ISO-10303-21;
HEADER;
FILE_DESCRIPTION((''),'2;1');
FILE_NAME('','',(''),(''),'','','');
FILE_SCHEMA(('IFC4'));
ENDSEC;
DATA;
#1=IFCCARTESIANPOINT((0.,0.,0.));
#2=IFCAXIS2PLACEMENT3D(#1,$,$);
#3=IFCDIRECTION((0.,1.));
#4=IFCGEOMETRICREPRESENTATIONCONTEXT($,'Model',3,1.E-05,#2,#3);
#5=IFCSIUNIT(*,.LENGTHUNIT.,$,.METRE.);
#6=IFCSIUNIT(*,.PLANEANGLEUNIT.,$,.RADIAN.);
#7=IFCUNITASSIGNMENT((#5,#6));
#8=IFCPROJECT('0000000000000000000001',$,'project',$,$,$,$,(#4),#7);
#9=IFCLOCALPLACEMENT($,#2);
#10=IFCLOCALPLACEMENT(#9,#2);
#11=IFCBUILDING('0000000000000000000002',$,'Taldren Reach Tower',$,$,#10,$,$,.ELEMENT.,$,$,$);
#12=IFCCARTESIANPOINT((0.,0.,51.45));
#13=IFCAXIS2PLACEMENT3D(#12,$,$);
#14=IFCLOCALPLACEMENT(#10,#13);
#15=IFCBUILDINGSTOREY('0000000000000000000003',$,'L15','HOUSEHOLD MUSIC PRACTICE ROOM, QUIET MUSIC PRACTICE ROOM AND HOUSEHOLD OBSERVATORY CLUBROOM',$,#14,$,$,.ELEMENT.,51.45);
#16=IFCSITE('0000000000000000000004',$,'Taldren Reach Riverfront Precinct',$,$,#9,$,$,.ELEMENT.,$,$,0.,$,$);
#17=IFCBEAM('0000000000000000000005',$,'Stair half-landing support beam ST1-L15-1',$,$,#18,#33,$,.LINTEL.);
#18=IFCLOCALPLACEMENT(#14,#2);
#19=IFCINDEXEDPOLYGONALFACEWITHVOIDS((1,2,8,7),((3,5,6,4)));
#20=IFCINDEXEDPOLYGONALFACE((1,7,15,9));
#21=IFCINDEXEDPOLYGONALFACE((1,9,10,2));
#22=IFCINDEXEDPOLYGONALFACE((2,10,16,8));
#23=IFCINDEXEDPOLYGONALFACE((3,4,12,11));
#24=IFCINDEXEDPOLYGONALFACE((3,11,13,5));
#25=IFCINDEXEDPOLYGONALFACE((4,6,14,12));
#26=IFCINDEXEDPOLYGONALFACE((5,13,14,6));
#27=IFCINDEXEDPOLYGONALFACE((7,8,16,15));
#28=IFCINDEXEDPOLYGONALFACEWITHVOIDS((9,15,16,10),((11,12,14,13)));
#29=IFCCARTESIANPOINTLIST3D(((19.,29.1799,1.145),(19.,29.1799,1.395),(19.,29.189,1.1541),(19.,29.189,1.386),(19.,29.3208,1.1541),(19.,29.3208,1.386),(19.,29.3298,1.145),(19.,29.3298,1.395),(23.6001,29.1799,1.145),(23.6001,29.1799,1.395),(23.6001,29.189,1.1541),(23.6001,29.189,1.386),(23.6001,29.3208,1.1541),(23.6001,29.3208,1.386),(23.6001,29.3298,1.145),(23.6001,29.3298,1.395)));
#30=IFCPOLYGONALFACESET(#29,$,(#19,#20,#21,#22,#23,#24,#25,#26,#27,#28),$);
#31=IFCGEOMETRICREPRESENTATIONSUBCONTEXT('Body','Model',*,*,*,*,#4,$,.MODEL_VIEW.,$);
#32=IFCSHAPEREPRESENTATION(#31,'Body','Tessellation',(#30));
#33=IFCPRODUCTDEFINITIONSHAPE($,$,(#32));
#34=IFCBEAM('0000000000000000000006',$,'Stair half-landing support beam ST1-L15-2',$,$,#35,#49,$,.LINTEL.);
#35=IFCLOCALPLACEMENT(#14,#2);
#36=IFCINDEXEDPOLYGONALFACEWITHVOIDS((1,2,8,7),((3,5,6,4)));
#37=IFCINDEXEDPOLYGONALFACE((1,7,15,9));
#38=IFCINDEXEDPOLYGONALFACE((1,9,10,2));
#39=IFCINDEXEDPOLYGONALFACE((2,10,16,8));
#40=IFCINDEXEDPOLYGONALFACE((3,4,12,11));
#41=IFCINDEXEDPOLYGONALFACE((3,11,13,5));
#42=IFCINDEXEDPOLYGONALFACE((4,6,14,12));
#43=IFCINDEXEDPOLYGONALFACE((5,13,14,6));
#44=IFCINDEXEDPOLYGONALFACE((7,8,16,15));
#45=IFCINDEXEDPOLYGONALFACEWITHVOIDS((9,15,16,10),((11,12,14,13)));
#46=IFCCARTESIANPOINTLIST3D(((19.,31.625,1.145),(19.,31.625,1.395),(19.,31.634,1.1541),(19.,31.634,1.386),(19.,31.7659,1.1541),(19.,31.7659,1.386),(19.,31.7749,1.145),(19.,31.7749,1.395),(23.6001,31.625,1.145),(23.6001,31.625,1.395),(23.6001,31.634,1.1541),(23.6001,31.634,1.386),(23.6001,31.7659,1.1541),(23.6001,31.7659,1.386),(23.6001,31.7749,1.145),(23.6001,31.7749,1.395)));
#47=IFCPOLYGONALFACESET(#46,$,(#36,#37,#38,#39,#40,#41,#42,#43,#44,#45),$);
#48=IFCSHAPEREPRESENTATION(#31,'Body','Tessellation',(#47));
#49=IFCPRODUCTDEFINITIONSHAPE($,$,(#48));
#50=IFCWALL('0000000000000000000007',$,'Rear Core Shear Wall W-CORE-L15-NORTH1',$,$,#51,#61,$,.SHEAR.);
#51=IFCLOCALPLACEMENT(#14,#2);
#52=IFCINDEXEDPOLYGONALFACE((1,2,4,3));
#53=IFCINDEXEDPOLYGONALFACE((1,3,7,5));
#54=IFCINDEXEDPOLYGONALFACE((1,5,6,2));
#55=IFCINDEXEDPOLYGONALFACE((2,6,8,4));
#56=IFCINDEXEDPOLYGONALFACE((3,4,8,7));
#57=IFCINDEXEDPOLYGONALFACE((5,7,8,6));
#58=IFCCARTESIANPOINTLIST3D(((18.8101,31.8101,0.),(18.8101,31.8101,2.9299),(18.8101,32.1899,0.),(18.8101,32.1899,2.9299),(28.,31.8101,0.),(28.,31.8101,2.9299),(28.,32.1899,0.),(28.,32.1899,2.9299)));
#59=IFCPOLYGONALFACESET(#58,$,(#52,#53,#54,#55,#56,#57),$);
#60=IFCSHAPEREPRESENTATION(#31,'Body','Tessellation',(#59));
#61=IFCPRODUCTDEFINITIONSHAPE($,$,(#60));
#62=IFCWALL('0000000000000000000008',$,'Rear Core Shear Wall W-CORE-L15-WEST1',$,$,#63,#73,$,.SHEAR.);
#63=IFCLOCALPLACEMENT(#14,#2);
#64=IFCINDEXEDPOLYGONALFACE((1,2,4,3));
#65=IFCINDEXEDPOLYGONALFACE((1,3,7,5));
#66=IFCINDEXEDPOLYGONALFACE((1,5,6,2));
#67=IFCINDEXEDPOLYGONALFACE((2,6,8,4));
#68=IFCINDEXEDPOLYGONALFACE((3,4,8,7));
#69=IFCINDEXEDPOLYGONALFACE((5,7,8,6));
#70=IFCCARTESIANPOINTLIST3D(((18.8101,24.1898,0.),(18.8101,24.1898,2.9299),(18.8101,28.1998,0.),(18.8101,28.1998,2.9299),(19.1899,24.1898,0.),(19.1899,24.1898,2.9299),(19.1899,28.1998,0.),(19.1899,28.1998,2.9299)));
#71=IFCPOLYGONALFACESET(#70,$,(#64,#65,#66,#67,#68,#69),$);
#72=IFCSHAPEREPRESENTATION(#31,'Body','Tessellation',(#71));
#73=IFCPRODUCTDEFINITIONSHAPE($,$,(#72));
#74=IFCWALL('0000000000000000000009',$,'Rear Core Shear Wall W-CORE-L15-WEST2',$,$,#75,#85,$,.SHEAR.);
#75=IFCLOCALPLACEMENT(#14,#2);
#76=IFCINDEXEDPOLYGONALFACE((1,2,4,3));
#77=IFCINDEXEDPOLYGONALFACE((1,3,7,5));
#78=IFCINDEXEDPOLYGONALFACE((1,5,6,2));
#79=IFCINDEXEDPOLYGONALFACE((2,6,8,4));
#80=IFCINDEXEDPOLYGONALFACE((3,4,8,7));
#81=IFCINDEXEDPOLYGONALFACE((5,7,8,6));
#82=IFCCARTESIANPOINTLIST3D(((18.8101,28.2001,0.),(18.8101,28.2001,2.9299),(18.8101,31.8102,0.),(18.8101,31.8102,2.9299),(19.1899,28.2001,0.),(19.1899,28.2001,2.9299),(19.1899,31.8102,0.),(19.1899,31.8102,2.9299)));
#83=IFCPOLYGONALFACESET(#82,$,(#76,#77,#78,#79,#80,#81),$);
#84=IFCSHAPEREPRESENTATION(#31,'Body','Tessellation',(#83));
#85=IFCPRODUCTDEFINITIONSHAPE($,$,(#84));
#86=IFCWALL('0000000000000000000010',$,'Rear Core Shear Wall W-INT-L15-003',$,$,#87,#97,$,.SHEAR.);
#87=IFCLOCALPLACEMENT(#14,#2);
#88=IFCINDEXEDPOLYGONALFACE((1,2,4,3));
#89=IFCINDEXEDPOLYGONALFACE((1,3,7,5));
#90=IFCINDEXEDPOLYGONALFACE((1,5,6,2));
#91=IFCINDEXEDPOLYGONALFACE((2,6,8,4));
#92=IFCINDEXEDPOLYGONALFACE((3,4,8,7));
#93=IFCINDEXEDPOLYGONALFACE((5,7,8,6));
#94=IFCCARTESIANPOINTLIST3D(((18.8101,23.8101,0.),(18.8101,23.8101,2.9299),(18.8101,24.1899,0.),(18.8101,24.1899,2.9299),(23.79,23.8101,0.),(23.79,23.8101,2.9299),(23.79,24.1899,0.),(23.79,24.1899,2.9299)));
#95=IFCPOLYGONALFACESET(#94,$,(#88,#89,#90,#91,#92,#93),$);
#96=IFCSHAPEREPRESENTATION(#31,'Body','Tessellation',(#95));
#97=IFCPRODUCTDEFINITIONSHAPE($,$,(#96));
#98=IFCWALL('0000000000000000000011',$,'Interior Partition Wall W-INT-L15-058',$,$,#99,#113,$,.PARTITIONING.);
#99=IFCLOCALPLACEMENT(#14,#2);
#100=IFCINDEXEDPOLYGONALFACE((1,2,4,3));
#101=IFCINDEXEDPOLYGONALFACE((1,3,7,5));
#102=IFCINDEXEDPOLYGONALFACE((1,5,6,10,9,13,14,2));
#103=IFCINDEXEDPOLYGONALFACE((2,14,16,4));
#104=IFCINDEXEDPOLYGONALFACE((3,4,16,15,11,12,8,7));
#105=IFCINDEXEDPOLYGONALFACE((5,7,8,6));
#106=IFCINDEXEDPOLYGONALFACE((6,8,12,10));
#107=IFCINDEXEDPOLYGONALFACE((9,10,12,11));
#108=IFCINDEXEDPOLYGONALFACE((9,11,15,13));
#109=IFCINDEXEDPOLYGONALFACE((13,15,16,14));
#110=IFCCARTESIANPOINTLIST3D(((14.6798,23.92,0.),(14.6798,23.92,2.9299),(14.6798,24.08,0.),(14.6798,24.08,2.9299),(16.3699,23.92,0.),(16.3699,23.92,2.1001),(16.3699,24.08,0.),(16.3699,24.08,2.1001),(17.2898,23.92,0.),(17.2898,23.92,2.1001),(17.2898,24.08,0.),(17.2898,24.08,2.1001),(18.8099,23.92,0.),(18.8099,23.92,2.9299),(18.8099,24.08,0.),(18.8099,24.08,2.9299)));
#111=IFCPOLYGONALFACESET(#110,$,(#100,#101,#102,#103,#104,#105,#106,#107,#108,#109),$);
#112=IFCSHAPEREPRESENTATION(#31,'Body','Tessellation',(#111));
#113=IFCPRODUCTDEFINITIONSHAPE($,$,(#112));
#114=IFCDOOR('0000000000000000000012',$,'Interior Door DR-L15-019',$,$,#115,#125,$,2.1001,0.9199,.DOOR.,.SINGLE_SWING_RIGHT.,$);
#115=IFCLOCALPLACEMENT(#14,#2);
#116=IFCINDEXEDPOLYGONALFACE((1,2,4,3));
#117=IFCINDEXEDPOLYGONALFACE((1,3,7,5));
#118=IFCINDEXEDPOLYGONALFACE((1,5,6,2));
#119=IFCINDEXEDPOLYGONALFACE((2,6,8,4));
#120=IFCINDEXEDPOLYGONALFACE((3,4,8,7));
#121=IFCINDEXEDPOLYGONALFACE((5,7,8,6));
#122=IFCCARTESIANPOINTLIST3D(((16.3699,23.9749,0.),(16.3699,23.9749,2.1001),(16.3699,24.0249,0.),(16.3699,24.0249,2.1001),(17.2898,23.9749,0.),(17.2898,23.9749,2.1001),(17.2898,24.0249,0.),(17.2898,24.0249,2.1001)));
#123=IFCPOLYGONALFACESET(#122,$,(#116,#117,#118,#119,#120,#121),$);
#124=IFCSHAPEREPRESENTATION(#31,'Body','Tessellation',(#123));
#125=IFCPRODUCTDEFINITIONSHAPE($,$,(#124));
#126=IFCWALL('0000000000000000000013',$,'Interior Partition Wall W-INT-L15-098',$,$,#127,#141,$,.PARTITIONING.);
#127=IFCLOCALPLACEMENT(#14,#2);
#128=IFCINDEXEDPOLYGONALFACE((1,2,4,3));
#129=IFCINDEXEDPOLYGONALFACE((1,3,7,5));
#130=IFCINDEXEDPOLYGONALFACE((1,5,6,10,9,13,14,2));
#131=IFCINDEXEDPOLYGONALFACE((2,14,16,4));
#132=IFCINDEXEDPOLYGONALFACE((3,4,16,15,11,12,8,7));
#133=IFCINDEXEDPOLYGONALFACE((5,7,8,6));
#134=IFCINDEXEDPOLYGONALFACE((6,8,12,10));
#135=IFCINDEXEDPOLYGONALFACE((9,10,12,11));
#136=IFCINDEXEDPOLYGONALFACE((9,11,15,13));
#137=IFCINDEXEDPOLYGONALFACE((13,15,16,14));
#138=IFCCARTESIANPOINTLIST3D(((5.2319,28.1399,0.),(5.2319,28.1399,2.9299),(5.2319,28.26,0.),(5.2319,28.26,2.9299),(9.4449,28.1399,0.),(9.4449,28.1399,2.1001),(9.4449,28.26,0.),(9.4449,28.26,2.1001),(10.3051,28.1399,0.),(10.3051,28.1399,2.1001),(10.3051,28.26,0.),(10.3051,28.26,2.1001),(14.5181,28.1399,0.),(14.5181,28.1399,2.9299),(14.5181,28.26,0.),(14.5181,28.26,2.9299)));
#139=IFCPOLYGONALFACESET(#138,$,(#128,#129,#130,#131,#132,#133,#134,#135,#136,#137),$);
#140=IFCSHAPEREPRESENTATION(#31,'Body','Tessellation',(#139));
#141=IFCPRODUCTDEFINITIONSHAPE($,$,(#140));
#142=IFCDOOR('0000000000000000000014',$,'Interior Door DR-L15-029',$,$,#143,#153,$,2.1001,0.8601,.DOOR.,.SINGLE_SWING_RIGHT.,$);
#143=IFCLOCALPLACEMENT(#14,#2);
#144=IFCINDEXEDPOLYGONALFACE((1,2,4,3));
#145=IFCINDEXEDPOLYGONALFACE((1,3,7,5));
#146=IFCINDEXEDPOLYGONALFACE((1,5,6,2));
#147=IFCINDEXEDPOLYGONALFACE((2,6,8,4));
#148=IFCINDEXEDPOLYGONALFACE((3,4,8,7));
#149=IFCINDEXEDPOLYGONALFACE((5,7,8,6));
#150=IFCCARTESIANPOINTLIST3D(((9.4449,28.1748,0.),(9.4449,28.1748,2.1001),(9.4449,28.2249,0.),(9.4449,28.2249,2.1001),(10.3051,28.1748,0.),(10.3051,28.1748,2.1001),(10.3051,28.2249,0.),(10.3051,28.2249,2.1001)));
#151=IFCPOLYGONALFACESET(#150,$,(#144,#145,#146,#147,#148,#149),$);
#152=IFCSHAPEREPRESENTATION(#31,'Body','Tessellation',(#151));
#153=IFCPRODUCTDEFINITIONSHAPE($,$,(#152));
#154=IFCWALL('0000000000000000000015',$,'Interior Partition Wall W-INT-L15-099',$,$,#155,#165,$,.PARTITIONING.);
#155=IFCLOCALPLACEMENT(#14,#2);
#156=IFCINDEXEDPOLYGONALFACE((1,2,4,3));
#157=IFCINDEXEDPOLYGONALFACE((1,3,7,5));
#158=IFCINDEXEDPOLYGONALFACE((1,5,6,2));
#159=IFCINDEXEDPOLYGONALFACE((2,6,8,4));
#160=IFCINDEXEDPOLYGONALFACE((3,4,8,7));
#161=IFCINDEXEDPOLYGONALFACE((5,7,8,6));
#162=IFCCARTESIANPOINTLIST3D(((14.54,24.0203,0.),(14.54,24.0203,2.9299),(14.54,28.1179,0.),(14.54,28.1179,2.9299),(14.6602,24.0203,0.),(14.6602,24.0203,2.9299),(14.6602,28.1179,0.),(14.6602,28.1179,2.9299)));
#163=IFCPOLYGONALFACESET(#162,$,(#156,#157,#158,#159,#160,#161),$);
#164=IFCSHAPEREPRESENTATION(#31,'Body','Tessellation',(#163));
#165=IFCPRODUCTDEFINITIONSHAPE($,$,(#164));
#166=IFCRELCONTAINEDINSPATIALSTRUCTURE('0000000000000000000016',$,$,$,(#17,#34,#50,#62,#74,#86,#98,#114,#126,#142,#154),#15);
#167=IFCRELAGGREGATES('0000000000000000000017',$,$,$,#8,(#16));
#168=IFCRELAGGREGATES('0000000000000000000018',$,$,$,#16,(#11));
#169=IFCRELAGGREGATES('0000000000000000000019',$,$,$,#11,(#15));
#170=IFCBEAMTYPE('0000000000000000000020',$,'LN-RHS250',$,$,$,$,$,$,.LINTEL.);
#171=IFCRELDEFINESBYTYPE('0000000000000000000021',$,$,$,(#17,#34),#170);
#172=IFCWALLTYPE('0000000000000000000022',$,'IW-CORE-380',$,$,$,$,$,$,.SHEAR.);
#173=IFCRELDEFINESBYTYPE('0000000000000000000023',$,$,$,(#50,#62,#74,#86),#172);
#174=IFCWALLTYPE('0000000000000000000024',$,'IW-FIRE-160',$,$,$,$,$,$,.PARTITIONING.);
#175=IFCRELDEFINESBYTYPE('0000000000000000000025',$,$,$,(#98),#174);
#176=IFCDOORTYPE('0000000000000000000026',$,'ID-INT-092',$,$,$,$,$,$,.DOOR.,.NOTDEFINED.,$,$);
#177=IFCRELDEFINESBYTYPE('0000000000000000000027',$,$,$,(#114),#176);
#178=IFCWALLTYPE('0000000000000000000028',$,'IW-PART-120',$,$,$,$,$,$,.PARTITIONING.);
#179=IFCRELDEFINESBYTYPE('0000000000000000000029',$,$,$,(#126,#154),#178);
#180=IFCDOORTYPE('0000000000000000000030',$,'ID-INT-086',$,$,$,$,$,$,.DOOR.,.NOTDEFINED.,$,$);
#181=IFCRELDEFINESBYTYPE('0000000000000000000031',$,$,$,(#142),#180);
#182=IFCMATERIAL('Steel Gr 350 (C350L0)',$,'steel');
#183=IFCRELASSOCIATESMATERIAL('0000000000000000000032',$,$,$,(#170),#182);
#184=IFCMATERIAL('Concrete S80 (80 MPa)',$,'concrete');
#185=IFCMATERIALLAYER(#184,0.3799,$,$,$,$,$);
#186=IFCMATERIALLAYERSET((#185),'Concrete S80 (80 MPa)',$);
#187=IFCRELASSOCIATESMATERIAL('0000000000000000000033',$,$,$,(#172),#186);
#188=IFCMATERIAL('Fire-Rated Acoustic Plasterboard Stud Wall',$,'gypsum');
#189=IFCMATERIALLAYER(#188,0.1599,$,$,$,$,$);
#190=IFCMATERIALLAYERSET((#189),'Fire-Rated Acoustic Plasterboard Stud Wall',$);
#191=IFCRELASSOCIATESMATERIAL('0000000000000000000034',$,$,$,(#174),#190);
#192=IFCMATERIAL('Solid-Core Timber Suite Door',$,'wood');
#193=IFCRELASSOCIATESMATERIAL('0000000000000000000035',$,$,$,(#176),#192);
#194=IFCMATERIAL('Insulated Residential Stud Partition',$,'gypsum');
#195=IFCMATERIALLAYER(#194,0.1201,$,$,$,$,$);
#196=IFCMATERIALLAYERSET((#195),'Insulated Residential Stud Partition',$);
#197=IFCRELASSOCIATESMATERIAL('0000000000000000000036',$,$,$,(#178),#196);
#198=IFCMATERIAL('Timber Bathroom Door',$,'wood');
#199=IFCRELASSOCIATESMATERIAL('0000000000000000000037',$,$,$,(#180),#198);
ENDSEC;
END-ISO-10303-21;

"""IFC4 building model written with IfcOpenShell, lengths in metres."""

from ifc_helpers import new_model, si_unit, direction, frame, frame_2d, origin, origin_2d, place, context, subcontext, project, spatial, rectangle, hollow_rectangle, extrude, source, transform, mapped, material, layer, layer_set, material_profile, profile_set, type_object, element, fill, save


model = new_model("IFC4")

# Units and contexts
model_context = context("Model", 3, precision=1e-05, world=origin(), true_north=direction((0.0, 1.0)))
body_context = subcontext(model_context, "Body", "Model", "MODEL_VIEW")
ifc_project = project(units=[si_unit("LENGTHUNIT", "METRE"), si_unit("PLANEANGLEUNIT", "RADIAN")], contexts=[model_context])

# Site, building, storey
site_placement = place(None, origin())
site = spatial("IfcSite", under=ifc_project, at=site_placement, Name="Taldren Reach Riverfront Precinct", CompositionType="ELEMENT", RefElevation=0.0)
building_placement = place(site_placement, origin())
building = spatial("IfcBuilding", under=site, at=building_placement, Name="Taldren Reach Tower", CompositionType="ELEMENT")
storey_placement = place(building_placement, frame((0.0, 0.0, 51.45)))
storey = spatial("IfcBuildingStorey", under=building, at=storey_placement, Name="L15", Description="HOUSEHOLD MUSIC PRACTICE ROOM, QUIET MUSIC PRACTICE ROOM AND HOUSEHOLD OBSERVATORY CLUBROOM", CompositionType="ELEMENT", Elevation=51.45)

# Beams
ifc_material_1 = material(Name="Steel Gr 350 (C350L0)", Category="steel")
ifc_material_profile_1 = material_profile(ifc_material_1, hollow_rectangle(XDim=0.1499, YDim=0.25, WallThickness=0.009, at=origin_2d()), Name="250x150x9.0RHS")
ifc_profile_set_1 = profile_set([ifc_material_profile_1], Name="Steel Gr 350 (C350L0)")
beam_type_1 = type_object("IfcBeamType", Name="LN-RHS250", PredefinedType="LINTEL", material=ifc_profile_set_1)
shared_shape_1 = source(origin(), body_context, "Body", "SweptSolid", [
    extrude(hollow_rectangle(XDim=0.1499, YDim=0.25, WallThickness=0.009, at=origin_2d()), origin(), (0.0, 0.0, 1.0), 4.6001),
])
for number, where, z_axis, x_axis, name in (
    (1, (19.0, 29.2549, 1.27), (1.0, 0.0, 0.0), (0.0, 1.0, 0.0), "Stair half-landing support beam ST1-L15-1"),
    (2, (19.0, 31.7, 1.27), (1.0, 0.0, 0.0), (0.0, 1.0, 0.0), "Stair half-landing support beam ST1-L15-2"),
):
    element("IfcBeam", number, at=place(storey_placement, frame(where, z_axis=z_axis, x_axis=x_axis)), inside=storey, type_object=beam_type_1, Name=name, PredefinedType="LINTEL", context=body_context, shape_type="MappedRepresentation", body=[
        mapped(shared_shape_1, transform((0.0, 0.0, 0.0), scale=1.0)),
    ])

# Walls
ifc_material_2 = material(Name="Concrete S80 (80 MPa)", Category="concrete")
ifc_layer_1 = layer(ifc_material_2, 0.3799)
ifc_layer_set_1 = layer_set([ifc_layer_1], Name="Concrete S80 (80 MPa)")
wall_type_1 = type_object("IfcWallType", Name="IW-CORE-380", PredefinedType="SHEAR", material=ifc_layer_set_1)
shared_shape_2 = source(origin(), body_context, "Body", "SweptSolid", [
    extrude(rectangle(XDim=9.1899, YDim=0.3799, at=frame_2d((4.595, 0.0))), origin(), (0.0, 0.0, 1.0), 2.9299),
])
wall_1_placement = place(storey_placement, frame((18.8101, 32.0, 0.0), z_axis=(0.0, 0.0, 1.0), x_axis=(1.0, 0.0, 0.0)))
element("IfcWall", 3, at=wall_1_placement, inside=storey, type_object=wall_type_1, Name="Rear Core Shear Wall W-CORE-L15-NORTH1", PredefinedType="SHEAR", context=body_context, shape_type="MappedRepresentation", body=[
    mapped(shared_shape_2, transform((0.0, 0.0, 0.0), scale=1.0)),
])
shared_shape_3 = source(origin(), body_context, "Body", "SweptSolid", [
    extrude(rectangle(XDim=4.01, YDim=0.3799, at=frame_2d((2.0049, 0.0))), origin(), (0.0, 0.0, 1.0), 2.9299),
])
wall_2_placement = place(storey_placement, frame((19.0, 24.1899, 0.0), z_axis=(0.0, 0.0, 1.0), x_axis=(0.0, 1.0, 0.0)))
element("IfcWall", 4, at=wall_2_placement, inside=storey, type_object=wall_type_1, Name="Rear Core Shear Wall W-CORE-L15-WEST1", PredefinedType="SHEAR", context=body_context, shape_type="MappedRepresentation", body=[
    mapped(shared_shape_3, transform((0.0, 0.0, 0.0), scale=1.0)),
])
shared_shape_4 = source(origin(), body_context, "Body", "SweptSolid", [
    extrude(rectangle(XDim=3.6101, YDim=0.3799, at=frame_2d((1.8052, 0.0))), origin(), (0.0, 0.0, 1.0), 2.9299),
])
wall_3_placement = place(storey_placement, frame((19.0, 28.2, 0.0), z_axis=(0.0, 0.0, 1.0), x_axis=(0.0, 1.0, 0.0)))
element("IfcWall", 5, at=wall_3_placement, inside=storey, type_object=wall_type_1, Name="Rear Core Shear Wall W-CORE-L15-WEST2", PredefinedType="SHEAR", context=body_context, shape_type="MappedRepresentation", body=[
    mapped(shared_shape_4, transform((0.0, 0.0, 0.0), scale=1.0)),
])
shared_shape_5 = source(origin(), body_context, "Body", "SweptSolid", [
    extrude(rectangle(XDim=4.98, YDim=0.3799, at=frame_2d((2.49, 0.0))), origin(), (0.0, 0.0, 1.0), 2.9299),
])
wall_4_placement = place(storey_placement, frame((18.8101, 24.0, 0.0), z_axis=(0.0, 0.0, 1.0), x_axis=(1.0, 0.0, 0.0)))
element("IfcWall", 6, at=wall_4_placement, inside=storey, type_object=wall_type_1, Name="Rear Core Shear Wall W-INT-L15-003", PredefinedType="SHEAR", context=body_context, shape_type="MappedRepresentation", body=[
    mapped(shared_shape_5, transform((0.0, 0.0, 0.0), scale=1.0)),
])

# Walls, openings, doors
ifc_material_3 = material(Name="Fire-Rated Acoustic Plasterboard Stud Wall", Category="gypsum")
ifc_layer_2 = layer(ifc_material_3, 0.1599)
ifc_layer_set_2 = layer_set([ifc_layer_2], Name="Fire-Rated Acoustic Plasterboard Stud Wall")
wall_type_2 = type_object("IfcWallType", Name="IW-FIRE-160", PredefinedType="PARTITIONING", material=ifc_layer_set_2)
shared_shape_6 = source(origin(), body_context, "Body", "SweptSolid", [
    extrude(rectangle(XDim=4.1301, YDim=0.1599, at=frame_2d((2.0649, 0.0))), origin(), (0.0, 0.0, 1.0), 2.9299),
])
wall_5_placement = place(storey_placement, frame((14.6799, 24.0, 0.0), z_axis=(0.0, 0.0, 1.0), x_axis=(1.0, 0.0, 0.0)))
wall_5 = element("IfcWall", 7, at=wall_5_placement, inside=storey, type_object=wall_type_2, Name="Interior Partition Wall W-INT-L15-058", PredefinedType="PARTITIONING", context=body_context, shape_type="MappedRepresentation", body=[
    mapped(shared_shape_6, transform((0.0, 0.0, 0.0), scale=1.0)),
])
shared_shape_7 = source(origin(), body_context, "Body", "SweptSolid", [
    extrude(rectangle(XDim=0.9199, YDim=2.1001, at=frame_2d((0.46, 1.05))), frame((0.0, 0.0898, 0.0), z_axis=(0.0, -1.0, 0.0), x_axis=(1.0, 0.0, 0.0)), (0.0, 0.0, 1.0), 0.1799),
])
opening_1_placement = place(wall_5_placement, frame((1.6899, 0.0, 0.0)))
opening_1 = element("IfcOpeningElement", 8, at=opening_1_placement, cuts=wall_5, PredefinedType="OPENING", context=body_context, shape_type="MappedRepresentation", body=[
    mapped(shared_shape_7, transform((0.0, 0.0, 0.0), scale=1.0)),
])
ifc_material_4 = material(Name="Solid-Core Timber Suite Door", Category="wood")
door_type_1 = type_object("IfcDoorType", Name="ID-INT-092", OperationType="NOTDEFINED", PredefinedType="DOOR", material=ifc_material_4)
shared_shape_8 = source(origin(), body_context, "Body", "SweptSolid", [
    extrude(rectangle(XDim=0.9199, YDim=2.1001, at=frame_2d((0.46, 1.05))), frame((0.0, 0.0249, 0.0), z_axis=(0.0, -1.0, 0.0), x_axis=(1.0, 0.0, 0.0)), (0.0, 0.0, 1.0), 0.05),
])
door_1_placement = place(opening_1_placement, origin())
door_1 = element("IfcDoor", 9, at=door_1_placement, inside=storey, type_object=door_type_1, Name="Interior Door DR-L15-019", OperationType="SINGLE_SWING_RIGHT", OverallHeight=2.1001, OverallWidth=0.9199, PredefinedType="DOOR", context=body_context, shape_type="MappedRepresentation", body=[
    mapped(shared_shape_8, transform((0.0, 0.0, 0.0), scale=1.0)),
])
fill(opening_1, door_1)
ifc_material_5 = material(Name="Insulated Residential Stud Partition", Category="gypsum")
ifc_layer_3 = layer(ifc_material_5, 0.1201)
ifc_layer_set_3 = layer_set([ifc_layer_3], Name="Insulated Residential Stud Partition")
wall_type_3 = type_object("IfcWallType", Name="IW-PART-120", PredefinedType="PARTITIONING", material=ifc_layer_set_3)
shared_shape_9 = source(origin(), body_context, "Body", "SweptSolid", [
    extrude(rectangle(XDim=9.2861, YDim=0.1201, at=frame_2d((4.6431, 0.0))), origin(), (0.0, 0.0, 1.0), 2.9299),
])
wall_6_placement = place(storey_placement, frame((5.2319, 28.2, 0.0), z_axis=(0.0, 0.0, 1.0), x_axis=(1.0, 0.0, 0.0)))
wall_6 = element("IfcWall", 10, at=wall_6_placement, inside=storey, type_object=wall_type_3, Name="Interior Partition Wall W-INT-L15-098", PredefinedType="PARTITIONING", context=body_context, shape_type="MappedRepresentation", body=[
    mapped(shared_shape_9, transform((0.0, 0.0, 0.0), scale=1.0)),
])
shared_shape_10 = source(origin(), body_context, "Body", "SweptSolid", [
    extrude(rectangle(XDim=0.8601, YDim=2.1001, at=frame_2d((0.4302, 1.05))), frame((0.0, 0.0701, 0.0), z_axis=(0.0, -1.0, 0.0), x_axis=(1.0, 0.0, 0.0)), (0.0, 0.0, 1.0), 0.1401),
])
opening_2_placement = place(wall_6_placement, frame((4.2129, 0.0, 0.0)))
opening_2 = element("IfcOpeningElement", 11, at=opening_2_placement, cuts=wall_6, PredefinedType="OPENING", context=body_context, shape_type="MappedRepresentation", body=[
    mapped(shared_shape_10, transform((0.0, 0.0, 0.0), scale=1.0)),
])
ifc_material_6 = material(Name="Timber Bathroom Door", Category="wood")
door_type_2 = type_object("IfcDoorType", Name="ID-INT-086", OperationType="NOTDEFINED", PredefinedType="DOOR", material=ifc_material_6)
shared_shape_11 = source(origin(), body_context, "Body", "SweptSolid", [
    extrude(rectangle(XDim=0.8601, YDim=2.1001, at=frame_2d((0.4302, 1.05))), frame((0.0, 0.0249, 0.0), z_axis=(0.0, -1.0, 0.0), x_axis=(1.0, 0.0, 0.0)), (0.0, 0.0, 1.0), 0.05),
])
door_2_placement = place(opening_2_placement, origin())
door_2 = element("IfcDoor", 12, at=door_2_placement, inside=storey, type_object=door_type_2, Name="Interior Door DR-L15-029", OperationType="SINGLE_SWING_RIGHT", OverallHeight=2.1001, OverallWidth=0.8601, PredefinedType="DOOR", context=body_context, shape_type="MappedRepresentation", body=[
    mapped(shared_shape_11, transform((0.0, 0.0, 0.0), scale=1.0)),
])
fill(opening_2, door_2)

# Wall
shared_shape_12 = source(origin(), body_context, "Body", "SweptSolid", [
    extrude(rectangle(XDim=4.0977, YDim=0.1201, at=frame_2d((2.0488, 0.0))), origin(), (0.0, 0.0, 1.0), 2.9299),
])
wall_7_placement = place(storey_placement, frame((14.6001, 28.1179, 0.0), z_axis=(0.0, 0.0, 1.0), x_axis=(0.0, -1.0, 0.0)))
element("IfcWall", 13, at=wall_7_placement, inside=storey, type_object=wall_type_3, Name="Interior Partition Wall W-INT-L15-099", PredefinedType="PARTITIONING", context=body_context, shape_type="MappedRepresentation", body=[
    mapped(shared_shape_12, transform((0.0, 0.0, 0.0), scale=1.0)),
])

save(model, "model.ifc")
